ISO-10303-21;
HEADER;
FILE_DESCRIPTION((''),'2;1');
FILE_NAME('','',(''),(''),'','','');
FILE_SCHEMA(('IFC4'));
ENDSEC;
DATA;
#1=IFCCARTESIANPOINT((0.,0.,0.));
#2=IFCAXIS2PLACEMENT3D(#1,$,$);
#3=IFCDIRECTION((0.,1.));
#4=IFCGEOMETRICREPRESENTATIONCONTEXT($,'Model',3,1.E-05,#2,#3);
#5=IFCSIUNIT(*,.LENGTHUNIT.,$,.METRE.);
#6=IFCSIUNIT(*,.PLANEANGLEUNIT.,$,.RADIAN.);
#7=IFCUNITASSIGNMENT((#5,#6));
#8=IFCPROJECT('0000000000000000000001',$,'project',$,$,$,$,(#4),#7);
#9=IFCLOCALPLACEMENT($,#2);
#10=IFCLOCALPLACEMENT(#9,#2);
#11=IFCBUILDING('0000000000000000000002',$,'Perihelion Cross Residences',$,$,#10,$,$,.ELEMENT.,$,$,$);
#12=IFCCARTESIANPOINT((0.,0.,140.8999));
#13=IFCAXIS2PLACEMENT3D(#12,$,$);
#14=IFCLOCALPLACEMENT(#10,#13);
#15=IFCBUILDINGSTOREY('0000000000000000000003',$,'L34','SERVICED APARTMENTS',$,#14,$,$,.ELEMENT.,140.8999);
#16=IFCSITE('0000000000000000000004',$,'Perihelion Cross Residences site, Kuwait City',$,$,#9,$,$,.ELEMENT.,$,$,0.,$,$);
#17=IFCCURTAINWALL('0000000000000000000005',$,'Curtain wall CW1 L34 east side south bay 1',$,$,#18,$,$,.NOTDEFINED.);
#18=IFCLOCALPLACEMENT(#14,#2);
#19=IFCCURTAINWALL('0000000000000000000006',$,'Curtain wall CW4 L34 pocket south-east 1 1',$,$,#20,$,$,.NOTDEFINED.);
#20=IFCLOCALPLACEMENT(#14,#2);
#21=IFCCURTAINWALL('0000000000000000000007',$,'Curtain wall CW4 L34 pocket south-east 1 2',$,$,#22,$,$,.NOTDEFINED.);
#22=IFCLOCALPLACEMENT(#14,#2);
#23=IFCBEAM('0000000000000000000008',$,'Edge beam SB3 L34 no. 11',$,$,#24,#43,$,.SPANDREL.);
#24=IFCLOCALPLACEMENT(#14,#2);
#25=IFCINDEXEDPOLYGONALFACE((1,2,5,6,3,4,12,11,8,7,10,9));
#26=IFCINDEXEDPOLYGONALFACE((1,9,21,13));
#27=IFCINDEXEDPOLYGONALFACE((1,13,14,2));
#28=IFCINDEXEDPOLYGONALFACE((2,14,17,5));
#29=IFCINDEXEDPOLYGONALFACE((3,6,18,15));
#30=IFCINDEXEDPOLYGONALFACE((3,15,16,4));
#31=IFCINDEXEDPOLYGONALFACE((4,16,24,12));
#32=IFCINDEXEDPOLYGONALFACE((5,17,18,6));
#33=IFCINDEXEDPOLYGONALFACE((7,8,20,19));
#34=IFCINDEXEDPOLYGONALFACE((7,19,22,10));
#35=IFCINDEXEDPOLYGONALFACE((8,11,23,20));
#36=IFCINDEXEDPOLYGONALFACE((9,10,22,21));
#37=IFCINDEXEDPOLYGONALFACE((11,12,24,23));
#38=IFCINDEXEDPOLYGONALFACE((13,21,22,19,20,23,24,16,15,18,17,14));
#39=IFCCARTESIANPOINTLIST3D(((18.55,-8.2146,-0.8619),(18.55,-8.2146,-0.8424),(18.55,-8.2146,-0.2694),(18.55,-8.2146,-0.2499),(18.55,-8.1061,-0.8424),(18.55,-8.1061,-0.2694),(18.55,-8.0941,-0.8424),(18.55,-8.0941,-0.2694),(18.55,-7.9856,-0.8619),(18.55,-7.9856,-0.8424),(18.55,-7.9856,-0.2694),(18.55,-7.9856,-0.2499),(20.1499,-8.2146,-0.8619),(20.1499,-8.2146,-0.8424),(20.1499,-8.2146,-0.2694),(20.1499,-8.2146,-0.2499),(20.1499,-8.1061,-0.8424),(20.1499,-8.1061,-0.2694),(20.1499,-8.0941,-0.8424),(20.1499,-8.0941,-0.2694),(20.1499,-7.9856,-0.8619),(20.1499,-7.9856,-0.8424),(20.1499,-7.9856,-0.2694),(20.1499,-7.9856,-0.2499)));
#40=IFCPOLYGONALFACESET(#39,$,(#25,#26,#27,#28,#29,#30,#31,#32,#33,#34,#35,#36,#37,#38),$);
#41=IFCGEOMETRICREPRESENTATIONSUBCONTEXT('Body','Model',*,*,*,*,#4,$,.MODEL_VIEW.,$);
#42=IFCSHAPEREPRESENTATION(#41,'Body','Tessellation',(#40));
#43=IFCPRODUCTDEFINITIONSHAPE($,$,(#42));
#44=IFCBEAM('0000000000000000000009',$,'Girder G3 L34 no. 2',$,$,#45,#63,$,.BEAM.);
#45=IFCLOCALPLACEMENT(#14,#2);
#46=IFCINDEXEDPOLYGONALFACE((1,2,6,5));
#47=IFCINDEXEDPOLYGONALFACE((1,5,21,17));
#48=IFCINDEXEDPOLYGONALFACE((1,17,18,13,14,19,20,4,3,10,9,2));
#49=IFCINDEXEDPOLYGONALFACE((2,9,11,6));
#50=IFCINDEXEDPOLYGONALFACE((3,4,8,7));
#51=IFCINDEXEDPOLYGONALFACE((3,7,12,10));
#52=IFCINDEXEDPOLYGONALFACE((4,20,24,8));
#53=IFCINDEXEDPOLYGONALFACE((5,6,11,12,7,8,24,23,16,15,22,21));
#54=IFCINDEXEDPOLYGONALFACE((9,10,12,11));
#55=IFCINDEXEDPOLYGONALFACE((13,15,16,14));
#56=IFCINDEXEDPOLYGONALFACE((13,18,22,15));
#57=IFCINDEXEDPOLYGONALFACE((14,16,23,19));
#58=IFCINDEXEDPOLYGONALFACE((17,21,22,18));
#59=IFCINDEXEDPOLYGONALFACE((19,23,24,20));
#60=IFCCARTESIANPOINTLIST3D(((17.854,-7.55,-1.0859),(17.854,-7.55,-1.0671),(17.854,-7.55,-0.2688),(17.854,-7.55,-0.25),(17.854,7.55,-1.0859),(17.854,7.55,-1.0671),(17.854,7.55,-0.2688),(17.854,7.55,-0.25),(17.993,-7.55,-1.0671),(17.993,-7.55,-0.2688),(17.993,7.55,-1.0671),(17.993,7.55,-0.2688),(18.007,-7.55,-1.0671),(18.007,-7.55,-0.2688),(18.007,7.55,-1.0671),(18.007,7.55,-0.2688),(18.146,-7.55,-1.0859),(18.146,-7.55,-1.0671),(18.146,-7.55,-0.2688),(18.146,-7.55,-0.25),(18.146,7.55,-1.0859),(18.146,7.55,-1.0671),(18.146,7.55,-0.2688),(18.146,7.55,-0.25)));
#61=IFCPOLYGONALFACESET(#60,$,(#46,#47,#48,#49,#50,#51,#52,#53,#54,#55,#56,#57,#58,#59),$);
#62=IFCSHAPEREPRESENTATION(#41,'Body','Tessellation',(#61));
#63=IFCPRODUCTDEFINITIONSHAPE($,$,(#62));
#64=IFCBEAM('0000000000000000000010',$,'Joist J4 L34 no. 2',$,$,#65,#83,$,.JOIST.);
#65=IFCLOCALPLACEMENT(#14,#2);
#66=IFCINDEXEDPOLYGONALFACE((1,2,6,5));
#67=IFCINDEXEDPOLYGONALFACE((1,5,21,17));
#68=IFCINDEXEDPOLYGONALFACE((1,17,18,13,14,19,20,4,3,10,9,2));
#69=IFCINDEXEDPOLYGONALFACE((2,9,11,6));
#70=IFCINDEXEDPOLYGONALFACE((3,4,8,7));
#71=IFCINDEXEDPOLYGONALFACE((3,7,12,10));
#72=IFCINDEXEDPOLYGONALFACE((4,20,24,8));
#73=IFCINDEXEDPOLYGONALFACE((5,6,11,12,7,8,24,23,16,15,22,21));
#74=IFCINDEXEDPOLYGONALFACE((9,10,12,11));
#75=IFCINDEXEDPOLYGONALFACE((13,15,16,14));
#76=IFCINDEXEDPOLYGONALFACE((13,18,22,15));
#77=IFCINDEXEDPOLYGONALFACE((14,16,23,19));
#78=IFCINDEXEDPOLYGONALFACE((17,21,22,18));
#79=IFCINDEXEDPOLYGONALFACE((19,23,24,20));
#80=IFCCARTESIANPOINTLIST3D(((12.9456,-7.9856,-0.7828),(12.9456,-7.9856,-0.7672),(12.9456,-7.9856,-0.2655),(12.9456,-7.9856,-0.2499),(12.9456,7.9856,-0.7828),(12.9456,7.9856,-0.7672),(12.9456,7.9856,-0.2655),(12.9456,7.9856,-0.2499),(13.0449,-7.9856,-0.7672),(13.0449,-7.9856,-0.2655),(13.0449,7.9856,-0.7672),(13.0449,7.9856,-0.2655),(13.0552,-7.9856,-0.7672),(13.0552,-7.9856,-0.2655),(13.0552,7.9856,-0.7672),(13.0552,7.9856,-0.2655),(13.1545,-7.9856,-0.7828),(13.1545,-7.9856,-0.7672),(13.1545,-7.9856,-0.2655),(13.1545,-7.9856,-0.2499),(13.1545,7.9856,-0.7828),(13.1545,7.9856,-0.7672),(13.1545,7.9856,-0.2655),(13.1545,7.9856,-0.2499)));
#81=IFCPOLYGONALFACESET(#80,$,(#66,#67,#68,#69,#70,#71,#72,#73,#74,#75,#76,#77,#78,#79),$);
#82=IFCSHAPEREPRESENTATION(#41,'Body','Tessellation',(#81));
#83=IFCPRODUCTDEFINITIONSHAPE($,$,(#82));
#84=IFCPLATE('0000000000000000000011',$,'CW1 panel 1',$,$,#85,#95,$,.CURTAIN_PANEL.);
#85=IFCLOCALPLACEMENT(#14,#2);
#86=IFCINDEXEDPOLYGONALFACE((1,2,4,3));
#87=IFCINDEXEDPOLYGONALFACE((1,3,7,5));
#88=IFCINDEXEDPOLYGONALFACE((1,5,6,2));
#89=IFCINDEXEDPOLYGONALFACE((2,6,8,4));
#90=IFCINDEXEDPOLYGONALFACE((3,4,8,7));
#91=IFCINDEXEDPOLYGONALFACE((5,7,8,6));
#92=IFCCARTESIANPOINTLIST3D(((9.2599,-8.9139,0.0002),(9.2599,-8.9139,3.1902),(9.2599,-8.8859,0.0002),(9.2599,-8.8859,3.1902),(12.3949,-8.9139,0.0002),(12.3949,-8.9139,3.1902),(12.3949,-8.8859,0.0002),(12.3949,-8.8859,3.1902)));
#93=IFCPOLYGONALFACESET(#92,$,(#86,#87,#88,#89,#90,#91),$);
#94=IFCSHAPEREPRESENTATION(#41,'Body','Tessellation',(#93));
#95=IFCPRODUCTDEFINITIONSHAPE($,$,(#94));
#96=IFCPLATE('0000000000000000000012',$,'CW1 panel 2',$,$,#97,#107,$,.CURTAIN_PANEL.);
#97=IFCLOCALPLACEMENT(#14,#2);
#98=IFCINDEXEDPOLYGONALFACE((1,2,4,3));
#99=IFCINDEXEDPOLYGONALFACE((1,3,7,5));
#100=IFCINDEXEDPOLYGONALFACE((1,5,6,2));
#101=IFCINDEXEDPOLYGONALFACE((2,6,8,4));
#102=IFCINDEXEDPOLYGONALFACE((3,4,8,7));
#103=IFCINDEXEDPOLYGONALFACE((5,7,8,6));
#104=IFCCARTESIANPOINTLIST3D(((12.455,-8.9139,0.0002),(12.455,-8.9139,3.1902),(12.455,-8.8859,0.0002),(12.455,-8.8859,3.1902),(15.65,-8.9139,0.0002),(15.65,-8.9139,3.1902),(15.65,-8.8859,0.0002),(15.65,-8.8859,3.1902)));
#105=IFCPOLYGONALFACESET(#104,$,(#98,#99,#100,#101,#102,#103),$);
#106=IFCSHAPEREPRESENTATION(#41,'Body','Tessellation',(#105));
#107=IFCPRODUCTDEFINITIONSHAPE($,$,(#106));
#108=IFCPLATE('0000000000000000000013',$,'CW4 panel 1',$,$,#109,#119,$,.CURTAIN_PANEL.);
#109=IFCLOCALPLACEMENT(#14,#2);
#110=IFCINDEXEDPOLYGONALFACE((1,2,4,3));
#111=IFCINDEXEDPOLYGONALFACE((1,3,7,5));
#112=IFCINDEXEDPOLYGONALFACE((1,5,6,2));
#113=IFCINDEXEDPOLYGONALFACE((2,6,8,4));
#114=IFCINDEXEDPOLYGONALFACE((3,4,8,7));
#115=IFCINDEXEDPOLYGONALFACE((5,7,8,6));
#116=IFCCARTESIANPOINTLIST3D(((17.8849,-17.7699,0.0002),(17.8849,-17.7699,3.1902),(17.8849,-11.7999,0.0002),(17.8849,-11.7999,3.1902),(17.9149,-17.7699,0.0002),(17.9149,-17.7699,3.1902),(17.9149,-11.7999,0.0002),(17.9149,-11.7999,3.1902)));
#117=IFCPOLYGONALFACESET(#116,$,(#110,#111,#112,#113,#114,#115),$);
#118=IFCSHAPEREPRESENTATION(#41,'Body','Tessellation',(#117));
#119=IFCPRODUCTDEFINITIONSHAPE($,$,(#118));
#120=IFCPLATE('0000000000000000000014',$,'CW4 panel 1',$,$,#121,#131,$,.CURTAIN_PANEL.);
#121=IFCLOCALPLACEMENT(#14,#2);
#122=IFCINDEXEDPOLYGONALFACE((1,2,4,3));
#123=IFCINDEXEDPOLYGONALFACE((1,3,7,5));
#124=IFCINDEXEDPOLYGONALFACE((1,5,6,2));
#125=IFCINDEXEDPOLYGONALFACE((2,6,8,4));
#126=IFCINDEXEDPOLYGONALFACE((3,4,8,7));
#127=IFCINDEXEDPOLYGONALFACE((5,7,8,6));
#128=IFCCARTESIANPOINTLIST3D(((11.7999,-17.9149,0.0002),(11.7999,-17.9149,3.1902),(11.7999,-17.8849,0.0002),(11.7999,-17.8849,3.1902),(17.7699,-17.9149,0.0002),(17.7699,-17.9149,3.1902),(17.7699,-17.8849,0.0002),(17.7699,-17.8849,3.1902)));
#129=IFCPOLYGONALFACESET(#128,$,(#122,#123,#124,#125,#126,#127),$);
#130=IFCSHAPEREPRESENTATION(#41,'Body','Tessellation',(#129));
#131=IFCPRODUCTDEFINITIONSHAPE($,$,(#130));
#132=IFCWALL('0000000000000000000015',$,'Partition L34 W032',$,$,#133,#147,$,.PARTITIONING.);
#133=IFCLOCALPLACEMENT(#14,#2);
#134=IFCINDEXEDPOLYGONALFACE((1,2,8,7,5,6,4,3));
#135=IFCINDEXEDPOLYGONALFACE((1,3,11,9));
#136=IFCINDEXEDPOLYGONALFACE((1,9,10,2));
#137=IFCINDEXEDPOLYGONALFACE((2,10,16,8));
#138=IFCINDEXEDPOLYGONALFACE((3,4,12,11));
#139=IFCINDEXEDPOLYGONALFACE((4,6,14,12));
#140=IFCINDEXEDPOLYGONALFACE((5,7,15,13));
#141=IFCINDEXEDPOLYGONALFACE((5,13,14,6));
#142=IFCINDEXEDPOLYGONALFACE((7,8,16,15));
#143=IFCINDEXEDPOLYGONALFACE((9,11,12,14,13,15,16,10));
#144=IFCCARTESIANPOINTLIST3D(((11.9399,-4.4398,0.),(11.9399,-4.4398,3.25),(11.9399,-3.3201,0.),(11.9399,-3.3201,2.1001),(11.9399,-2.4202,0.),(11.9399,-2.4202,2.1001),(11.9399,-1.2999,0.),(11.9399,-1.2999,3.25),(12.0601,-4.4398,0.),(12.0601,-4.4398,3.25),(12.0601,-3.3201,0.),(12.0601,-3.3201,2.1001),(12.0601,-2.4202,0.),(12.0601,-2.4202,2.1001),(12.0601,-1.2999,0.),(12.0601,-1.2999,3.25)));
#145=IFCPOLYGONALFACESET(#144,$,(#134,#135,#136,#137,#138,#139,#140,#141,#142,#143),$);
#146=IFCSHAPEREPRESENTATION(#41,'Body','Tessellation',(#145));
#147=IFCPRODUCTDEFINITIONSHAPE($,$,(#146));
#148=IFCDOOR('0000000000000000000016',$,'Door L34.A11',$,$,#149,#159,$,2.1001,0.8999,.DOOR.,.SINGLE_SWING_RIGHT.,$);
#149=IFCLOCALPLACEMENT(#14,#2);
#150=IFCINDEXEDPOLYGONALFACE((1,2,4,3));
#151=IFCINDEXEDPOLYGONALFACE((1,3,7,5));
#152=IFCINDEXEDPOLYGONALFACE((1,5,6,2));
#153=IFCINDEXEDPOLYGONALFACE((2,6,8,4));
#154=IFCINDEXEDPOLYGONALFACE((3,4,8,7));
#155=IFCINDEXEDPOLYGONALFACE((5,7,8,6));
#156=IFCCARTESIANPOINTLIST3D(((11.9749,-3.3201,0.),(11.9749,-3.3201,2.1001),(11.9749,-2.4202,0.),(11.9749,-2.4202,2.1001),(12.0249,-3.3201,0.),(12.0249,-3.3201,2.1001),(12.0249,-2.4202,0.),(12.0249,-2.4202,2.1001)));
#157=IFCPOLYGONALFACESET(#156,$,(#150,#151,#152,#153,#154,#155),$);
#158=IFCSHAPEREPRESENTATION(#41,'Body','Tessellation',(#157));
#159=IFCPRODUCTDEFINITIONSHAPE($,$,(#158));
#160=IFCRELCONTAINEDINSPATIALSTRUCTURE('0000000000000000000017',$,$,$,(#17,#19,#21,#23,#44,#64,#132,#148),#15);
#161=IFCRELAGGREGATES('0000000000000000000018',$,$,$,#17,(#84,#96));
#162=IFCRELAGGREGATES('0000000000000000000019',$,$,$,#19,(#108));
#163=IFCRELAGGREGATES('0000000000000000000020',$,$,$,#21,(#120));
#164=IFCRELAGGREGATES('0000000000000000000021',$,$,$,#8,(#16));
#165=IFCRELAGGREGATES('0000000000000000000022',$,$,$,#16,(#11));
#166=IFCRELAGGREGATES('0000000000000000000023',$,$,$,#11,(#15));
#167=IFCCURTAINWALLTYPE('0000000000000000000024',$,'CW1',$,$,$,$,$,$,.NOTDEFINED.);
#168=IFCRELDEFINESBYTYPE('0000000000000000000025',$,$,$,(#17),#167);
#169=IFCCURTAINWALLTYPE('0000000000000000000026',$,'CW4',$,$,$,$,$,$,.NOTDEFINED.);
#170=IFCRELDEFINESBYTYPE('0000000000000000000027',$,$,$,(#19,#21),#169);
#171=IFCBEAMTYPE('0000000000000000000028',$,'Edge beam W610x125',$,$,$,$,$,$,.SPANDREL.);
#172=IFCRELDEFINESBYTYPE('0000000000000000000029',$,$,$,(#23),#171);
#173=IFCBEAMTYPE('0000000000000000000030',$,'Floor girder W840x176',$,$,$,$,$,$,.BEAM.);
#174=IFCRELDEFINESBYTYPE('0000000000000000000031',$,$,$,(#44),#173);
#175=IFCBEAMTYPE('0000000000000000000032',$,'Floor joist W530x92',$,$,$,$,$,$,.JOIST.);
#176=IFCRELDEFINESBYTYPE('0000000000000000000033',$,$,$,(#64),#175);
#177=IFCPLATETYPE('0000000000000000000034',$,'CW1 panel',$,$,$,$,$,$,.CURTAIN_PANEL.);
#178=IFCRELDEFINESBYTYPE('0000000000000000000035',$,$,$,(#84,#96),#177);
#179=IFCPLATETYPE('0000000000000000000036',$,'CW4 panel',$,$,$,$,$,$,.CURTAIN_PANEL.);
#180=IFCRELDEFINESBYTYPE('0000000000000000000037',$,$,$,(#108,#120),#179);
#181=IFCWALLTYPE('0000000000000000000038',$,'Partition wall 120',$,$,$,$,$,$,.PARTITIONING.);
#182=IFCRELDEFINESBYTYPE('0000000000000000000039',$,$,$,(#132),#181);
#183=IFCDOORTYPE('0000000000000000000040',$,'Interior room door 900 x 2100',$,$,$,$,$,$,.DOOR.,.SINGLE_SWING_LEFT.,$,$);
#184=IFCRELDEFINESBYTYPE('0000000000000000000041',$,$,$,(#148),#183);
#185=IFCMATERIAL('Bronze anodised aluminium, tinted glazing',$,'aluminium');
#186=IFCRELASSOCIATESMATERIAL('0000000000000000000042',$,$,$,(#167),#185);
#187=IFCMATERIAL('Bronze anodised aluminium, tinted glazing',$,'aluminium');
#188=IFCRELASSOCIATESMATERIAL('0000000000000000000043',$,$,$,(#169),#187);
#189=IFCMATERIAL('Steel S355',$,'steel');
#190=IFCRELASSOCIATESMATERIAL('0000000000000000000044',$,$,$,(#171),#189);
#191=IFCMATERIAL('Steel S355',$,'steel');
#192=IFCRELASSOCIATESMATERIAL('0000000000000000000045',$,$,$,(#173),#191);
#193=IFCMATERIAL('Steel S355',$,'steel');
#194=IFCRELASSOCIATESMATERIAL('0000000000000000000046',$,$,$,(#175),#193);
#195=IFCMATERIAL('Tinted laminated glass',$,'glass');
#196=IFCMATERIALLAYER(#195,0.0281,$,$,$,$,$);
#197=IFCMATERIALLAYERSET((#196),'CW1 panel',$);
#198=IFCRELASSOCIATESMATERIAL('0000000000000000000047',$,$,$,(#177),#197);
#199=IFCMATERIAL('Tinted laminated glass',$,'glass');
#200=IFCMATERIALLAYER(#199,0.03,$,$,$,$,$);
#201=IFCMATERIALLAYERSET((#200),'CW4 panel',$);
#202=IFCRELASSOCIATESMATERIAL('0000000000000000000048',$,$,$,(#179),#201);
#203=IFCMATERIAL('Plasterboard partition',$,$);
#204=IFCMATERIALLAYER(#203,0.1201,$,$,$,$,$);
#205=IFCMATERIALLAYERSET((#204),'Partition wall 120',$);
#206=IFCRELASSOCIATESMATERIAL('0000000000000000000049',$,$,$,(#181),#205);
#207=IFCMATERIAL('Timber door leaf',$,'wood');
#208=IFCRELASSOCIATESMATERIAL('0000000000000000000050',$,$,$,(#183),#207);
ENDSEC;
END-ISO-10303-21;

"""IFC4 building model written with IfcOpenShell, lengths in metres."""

from ifc_helpers import new_model, si_unit, direction, frame, frame_2d, origin, origin_2d, place, context, subcontext, project, spatial, rectangle, i_section, extrude, material, layer, layer_set, material_profile, profile_set, type_object, element, fill, aggregate, save


model = new_model("IFC4")

# Units and contexts
model_context = context("Model", 3, precision=1e-05, world=origin(), true_north=direction((0.0, 1.0)))
body_context = subcontext(model_context, "Body", "Model", "MODEL_VIEW")
ifc_project = project(units=[si_unit("LENGTHUNIT", "METRE"), si_unit("PLANEANGLEUNIT", "RADIAN")], contexts=[model_context])

# Site, building, storey
site_placement = place(None, origin())
site = spatial("IfcSite", under=ifc_project, at=site_placement, Name="Perihelion Cross Residences site, Kuwait City", CompositionType="ELEMENT", RefElevation=0.0)
building_placement = place(site_placement, origin())
building = spatial("IfcBuilding", under=site, at=building_placement, Name="Perihelion Cross Residences", CompositionType="ELEMENT")
storey_placement = place(building_placement, frame((0.0, 0.0, 140.8999)))
storey = spatial("IfcBuildingStorey", under=building, at=storey_placement, Name="L34", Description="SERVICED APARTMENTS", CompositionType="ELEMENT", Elevation=140.8999)

# Curtain wall
ifc_material_1 = material(Name="Bronze anodised aluminium, tinted glazing", Category="aluminium")
curtain_wall_type_1 = type_object("IfcCurtainWallType", Name="CW1", PredefinedType="NOTDEFINED", material=ifc_material_1)
curtain_wall_1_placement = place(storey_placement, origin())
curtain_wall_1 = element("IfcCurtainWall", 1, at=curtain_wall_1_placement, inside=storey, type_object=curtain_wall_type_1, Name="Curtain wall CW1 L34 east side south bay 1", PredefinedType="NOTDEFINED")

# Curtain walls
ifc_material_2 = material(Name="Bronze anodised aluminium, tinted glazing", Category="aluminium")
curtain_wall_type_2 = type_object("IfcCurtainWallType", Name="CW4", PredefinedType="NOTDEFINED", material=ifc_material_2)
curtain_wall_2_placement = place(storey_placement, origin())
curtain_wall_2 = element("IfcCurtainWall", 2, at=curtain_wall_2_placement, inside=storey, type_object=curtain_wall_type_2, Name="Curtain wall CW4 L34 pocket south-east 1 1", PredefinedType="NOTDEFINED")
curtain_wall_3_placement = place(storey_placement, origin())
curtain_wall_3 = element("IfcCurtainWall", 3, at=curtain_wall_3_placement, inside=storey, type_object=curtain_wall_type_2, Name="Curtain wall CW4 L34 pocket south-east 1 2", PredefinedType="NOTDEFINED")

# Beams
ifc_material_3 = material(Name="Steel S355", Category="steel")
ifc_material_profile_1 = material_profile(ifc_material_3, i_section(OverallWidth=0.229, OverallDepth=0.6121, WebThickness=0.012, FlangeThickness=0.0195, at=origin_2d()), Name="W610x125")
ifc_profile_set_1 = profile_set([ifc_material_profile_1], Name="Steel S355")
beam_type_1 = type_object("IfcBeamType", Name="Edge beam W610x125", PredefinedType="SPANDREL", material=ifc_profile_set_1)
beam_1_placement = place(storey_placement, frame((18.55, -8.1001, -0.5559), z_axis=(1.0, 0.0, 0.0), x_axis=(0.0, 1.0, 0.0)))
element("IfcBeam", 4, at=beam_1_placement, inside=storey, type_object=beam_type_1, Name="Edge beam SB3 L34 no. 11", PredefinedType="SPANDREL", context=body_context, shape_type="SweptSolid", body=[
    extrude(i_section(OverallWidth=0.229, OverallDepth=0.6121, WebThickness=0.012, FlangeThickness=0.0195, at=origin_2d()), origin(), (0.0, 0.0, 1.0), 1.5999),
])
ifc_material_4 = material(Name="Steel S355", Category="steel")
ifc_material_profile_2 = material_profile(ifc_material_4, i_section(OverallWidth=0.292, OverallDepth=0.8359, WebThickness=0.0139, FlangeThickness=0.0188, at=origin_2d()), Name="W840x176")
ifc_profile_set_2 = profile_set([ifc_material_profile_2], Name="Steel S355")
beam_type_2 = type_object("IfcBeamType", Name="Floor girder W840x176", PredefinedType="BEAM", material=ifc_profile_set_2)
beam_2_placement = place(storey_placement, frame((18.0, -7.55, -0.668), z_axis=(0.0, 1.0, 0.0), x_axis=(-1.0, 0.0, 0.0)))
element("IfcBeam", 5, at=beam_2_placement, inside=storey, type_object=beam_type_2, Name="Girder G3 L34 no. 2", PredefinedType="BEAM", context=body_context, shape_type="SweptSolid", body=[
    extrude(i_section(OverallWidth=0.292, OverallDepth=0.8359, WebThickness=0.0139, FlangeThickness=0.0188, at=origin_2d()), origin(), (0.0, 0.0, 1.0), 15.1001),
])
ifc_material_5 = material(Name="Steel S355", Category="steel")
ifc_material_profile_3 = material_profile(ifc_material_5, i_section(OverallWidth=0.209, OverallDepth=0.533, WebThickness=0.0103, FlangeThickness=0.0156, at=origin_2d()), Name="W530x92")
ifc_profile_set_3 = profile_set([ifc_material_profile_3], Name="Steel S355")
beam_type_3 = type_object("IfcBeamType", Name="Floor joist W530x92", PredefinedType="JOIST", material=ifc_profile_set_3)
beam_3_placement = place(storey_placement, frame((13.05, -7.9856, -0.5164), z_axis=(0.0, 1.0, 0.0), x_axis=(-1.0, 0.0, 0.0)))
element("IfcBeam", 6, at=beam_3_placement, inside=storey, type_object=beam_type_3, Name="Joist J4 L34 no. 2", PredefinedType="JOIST", context=body_context, shape_type="SweptSolid", body=[
    extrude(i_section(OverallWidth=0.209, OverallDepth=0.533, WebThickness=0.0103, FlangeThickness=0.0156, at=origin_2d()), origin(), (0.0, 0.0, 1.0), 15.9712),
])

# Plates
ifc_material_6 = material(Name="Tinted laminated glass", Category="glass")
ifc_layer_1 = layer(ifc_material_6, 0.0281)
ifc_layer_set_1 = layer_set([ifc_layer_1], Name="CW1 panel")
plate_type_1 = type_object("IfcPlateType", Name="CW1 panel", PredefinedType="CURTAIN_PANEL", material=ifc_layer_set_1)
plate_1_placement = place(storey_placement, frame((10.8274, -8.8999, 0.0002), z_axis=(0.0, 0.0, 1.0), x_axis=(1.0, 0.0, 0.0)))
plate_1 = element("IfcPlate", 7, at=plate_1_placement, type_object=plate_type_1, Name="CW1 panel 1", PredefinedType="CURTAIN_PANEL", context=body_context, shape_type="SweptSolid", body=[
    extrude(rectangle(XDim=3.135, YDim=0.0281, at=origin_2d()), origin(), (0.0, 0.0, 1.0), 3.1899),
])
plate_2_placement = place(storey_placement, frame((14.0525, -8.8999, 0.0002), z_axis=(0.0, 0.0, 1.0), x_axis=(1.0, 0.0, 0.0)))
plate_2 = element("IfcPlate", 8, at=plate_2_placement, type_object=plate_type_1, Name="CW1 panel 2", PredefinedType="CURTAIN_PANEL", context=body_context, shape_type="SweptSolid", body=[
    extrude(rectangle(XDim=3.1951, YDim=0.0281, at=origin_2d()), origin(), (0.0, 0.0, 1.0), 3.1899),
])
aggregate(curtain_wall_1, [plate_1, plate_2])
ifc_material_7 = material(Name="Tinted laminated glass", Category="glass")
ifc_layer_2 = layer(ifc_material_7, 0.03)
ifc_layer_set_2 = layer_set([ifc_layer_2], Name="CW4 panel")
plate_type_2 = type_object("IfcPlateType", Name="CW4 panel", PredefinedType="CURTAIN_PANEL", material=ifc_layer_set_2)
plate_3_placement = place(storey_placement, frame((17.8999, -14.7849, 0.0002), z_axis=(0.0, 0.0, 1.0), x_axis=(0.0, -1.0, 0.0)))
plate_3 = element("IfcPlate", 9, at=plate_3_placement, type_object=plate_type_2, Name="CW4 panel 1", PredefinedType="CURTAIN_PANEL", context=body_context, shape_type="SweptSolid", body=[
    extrude(rectangle(XDim=5.97, YDim=0.03, at=origin_2d()), origin(), (0.0, 0.0, 1.0), 3.1899),
])
aggregate(curtain_wall_2, [plate_3])
plate_4_placement = place(storey_placement, frame((14.7849, -17.8999, 0.0002), z_axis=(0.0, 0.0, 1.0), x_axis=(-1.0, 0.0, 0.0)))
plate_4 = element("IfcPlate", 10, at=plate_4_placement, type_object=plate_type_2, Name="CW4 panel 1", PredefinedType="CURTAIN_PANEL", context=body_context, shape_type="SweptSolid", body=[
    extrude(rectangle(XDim=5.97, YDim=0.03, at=origin_2d()), origin(), (0.0, 0.0, 1.0), 3.1899),
])
aggregate(curtain_wall_3, [plate_4])

# Wall, opening, door
ifc_material_8 = material(Name="Plasterboard partition")
ifc_layer_3 = layer(ifc_material_8, 0.1201)
ifc_layer_set_3 = layer_set([ifc_layer_3], Name="Partition wall 120")
wall_type_1 = type_object("IfcWallType", Name="Partition wall 120", PredefinedType="PARTITIONING", material=ifc_layer_set_3)
wall_1_placement = place(storey_placement, frame((12.0, -1.3, 0.0), z_axis=(0.0, 0.0, 1.0), x_axis=(0.0, -1.0, 0.0)))
wall_1 = element("IfcWall", 11, at=wall_1_placement, inside=storey, type_object=wall_type_1, Name="Partition L34 W032", PredefinedType="PARTITIONING", context=body_context, shape_type="SweptSolid", body=[
    extrude(rectangle(XDim=3.1399, YDim=0.1201, at=frame_2d((1.5698, 0.0))), origin(), (0.0, 0.0, 1.0), 3.25),
])
opening_1_placement = place(wall_1_placement, frame((1.1201, 0.0, 0.0)))
opening_1 = element("IfcOpeningElement", 12, at=opening_1_placement, cuts=wall_1, PredefinedType="OPENING", context=body_context, shape_type="SweptSolid", body=[
    extrude(rectangle(XDim=0.8999, YDim=2.1001, at=frame_2d((0.45, 1.05))), frame((0.0, 0.0701, 0.0), z_axis=(0.0, -1.0, 0.0), x_axis=(1.0, 0.0, 0.0)), (0.0, 0.0, 1.0), 0.1401),
])
ifc_material_9 = material(Name="Timber door leaf", Category="wood")
door_type_1 = type_object("IfcDoorType", Name="Interior room door 900 x 2100", OperationType="SINGLE_SWING_LEFT", PredefinedType="DOOR", material=ifc_material_9)
door_1_placement = place(opening_1_placement, origin())
door_1 = element("IfcDoor", 13, at=door_1_placement, inside=storey, type_object=door_type_1, Name="Door L34.A11", OperationType="SINGLE_SWING_RIGHT", OverallHeight=2.1001, OverallWidth=0.8999, PredefinedType="DOOR", context=body_context, shape_type="SweptSolid", body=[
    extrude(rectangle(XDim=0.8999, YDim=2.1001, at=frame_2d((0.45, 1.05))), frame((0.0, 0.0249, 0.0), z_axis=(0.0, -1.0, 0.0), x_axis=(1.0, 0.0, 0.0)), (0.0, 0.0, 1.0), 0.05),
])
fill(opening_1, door_1)

save(model, "model.ifc")
